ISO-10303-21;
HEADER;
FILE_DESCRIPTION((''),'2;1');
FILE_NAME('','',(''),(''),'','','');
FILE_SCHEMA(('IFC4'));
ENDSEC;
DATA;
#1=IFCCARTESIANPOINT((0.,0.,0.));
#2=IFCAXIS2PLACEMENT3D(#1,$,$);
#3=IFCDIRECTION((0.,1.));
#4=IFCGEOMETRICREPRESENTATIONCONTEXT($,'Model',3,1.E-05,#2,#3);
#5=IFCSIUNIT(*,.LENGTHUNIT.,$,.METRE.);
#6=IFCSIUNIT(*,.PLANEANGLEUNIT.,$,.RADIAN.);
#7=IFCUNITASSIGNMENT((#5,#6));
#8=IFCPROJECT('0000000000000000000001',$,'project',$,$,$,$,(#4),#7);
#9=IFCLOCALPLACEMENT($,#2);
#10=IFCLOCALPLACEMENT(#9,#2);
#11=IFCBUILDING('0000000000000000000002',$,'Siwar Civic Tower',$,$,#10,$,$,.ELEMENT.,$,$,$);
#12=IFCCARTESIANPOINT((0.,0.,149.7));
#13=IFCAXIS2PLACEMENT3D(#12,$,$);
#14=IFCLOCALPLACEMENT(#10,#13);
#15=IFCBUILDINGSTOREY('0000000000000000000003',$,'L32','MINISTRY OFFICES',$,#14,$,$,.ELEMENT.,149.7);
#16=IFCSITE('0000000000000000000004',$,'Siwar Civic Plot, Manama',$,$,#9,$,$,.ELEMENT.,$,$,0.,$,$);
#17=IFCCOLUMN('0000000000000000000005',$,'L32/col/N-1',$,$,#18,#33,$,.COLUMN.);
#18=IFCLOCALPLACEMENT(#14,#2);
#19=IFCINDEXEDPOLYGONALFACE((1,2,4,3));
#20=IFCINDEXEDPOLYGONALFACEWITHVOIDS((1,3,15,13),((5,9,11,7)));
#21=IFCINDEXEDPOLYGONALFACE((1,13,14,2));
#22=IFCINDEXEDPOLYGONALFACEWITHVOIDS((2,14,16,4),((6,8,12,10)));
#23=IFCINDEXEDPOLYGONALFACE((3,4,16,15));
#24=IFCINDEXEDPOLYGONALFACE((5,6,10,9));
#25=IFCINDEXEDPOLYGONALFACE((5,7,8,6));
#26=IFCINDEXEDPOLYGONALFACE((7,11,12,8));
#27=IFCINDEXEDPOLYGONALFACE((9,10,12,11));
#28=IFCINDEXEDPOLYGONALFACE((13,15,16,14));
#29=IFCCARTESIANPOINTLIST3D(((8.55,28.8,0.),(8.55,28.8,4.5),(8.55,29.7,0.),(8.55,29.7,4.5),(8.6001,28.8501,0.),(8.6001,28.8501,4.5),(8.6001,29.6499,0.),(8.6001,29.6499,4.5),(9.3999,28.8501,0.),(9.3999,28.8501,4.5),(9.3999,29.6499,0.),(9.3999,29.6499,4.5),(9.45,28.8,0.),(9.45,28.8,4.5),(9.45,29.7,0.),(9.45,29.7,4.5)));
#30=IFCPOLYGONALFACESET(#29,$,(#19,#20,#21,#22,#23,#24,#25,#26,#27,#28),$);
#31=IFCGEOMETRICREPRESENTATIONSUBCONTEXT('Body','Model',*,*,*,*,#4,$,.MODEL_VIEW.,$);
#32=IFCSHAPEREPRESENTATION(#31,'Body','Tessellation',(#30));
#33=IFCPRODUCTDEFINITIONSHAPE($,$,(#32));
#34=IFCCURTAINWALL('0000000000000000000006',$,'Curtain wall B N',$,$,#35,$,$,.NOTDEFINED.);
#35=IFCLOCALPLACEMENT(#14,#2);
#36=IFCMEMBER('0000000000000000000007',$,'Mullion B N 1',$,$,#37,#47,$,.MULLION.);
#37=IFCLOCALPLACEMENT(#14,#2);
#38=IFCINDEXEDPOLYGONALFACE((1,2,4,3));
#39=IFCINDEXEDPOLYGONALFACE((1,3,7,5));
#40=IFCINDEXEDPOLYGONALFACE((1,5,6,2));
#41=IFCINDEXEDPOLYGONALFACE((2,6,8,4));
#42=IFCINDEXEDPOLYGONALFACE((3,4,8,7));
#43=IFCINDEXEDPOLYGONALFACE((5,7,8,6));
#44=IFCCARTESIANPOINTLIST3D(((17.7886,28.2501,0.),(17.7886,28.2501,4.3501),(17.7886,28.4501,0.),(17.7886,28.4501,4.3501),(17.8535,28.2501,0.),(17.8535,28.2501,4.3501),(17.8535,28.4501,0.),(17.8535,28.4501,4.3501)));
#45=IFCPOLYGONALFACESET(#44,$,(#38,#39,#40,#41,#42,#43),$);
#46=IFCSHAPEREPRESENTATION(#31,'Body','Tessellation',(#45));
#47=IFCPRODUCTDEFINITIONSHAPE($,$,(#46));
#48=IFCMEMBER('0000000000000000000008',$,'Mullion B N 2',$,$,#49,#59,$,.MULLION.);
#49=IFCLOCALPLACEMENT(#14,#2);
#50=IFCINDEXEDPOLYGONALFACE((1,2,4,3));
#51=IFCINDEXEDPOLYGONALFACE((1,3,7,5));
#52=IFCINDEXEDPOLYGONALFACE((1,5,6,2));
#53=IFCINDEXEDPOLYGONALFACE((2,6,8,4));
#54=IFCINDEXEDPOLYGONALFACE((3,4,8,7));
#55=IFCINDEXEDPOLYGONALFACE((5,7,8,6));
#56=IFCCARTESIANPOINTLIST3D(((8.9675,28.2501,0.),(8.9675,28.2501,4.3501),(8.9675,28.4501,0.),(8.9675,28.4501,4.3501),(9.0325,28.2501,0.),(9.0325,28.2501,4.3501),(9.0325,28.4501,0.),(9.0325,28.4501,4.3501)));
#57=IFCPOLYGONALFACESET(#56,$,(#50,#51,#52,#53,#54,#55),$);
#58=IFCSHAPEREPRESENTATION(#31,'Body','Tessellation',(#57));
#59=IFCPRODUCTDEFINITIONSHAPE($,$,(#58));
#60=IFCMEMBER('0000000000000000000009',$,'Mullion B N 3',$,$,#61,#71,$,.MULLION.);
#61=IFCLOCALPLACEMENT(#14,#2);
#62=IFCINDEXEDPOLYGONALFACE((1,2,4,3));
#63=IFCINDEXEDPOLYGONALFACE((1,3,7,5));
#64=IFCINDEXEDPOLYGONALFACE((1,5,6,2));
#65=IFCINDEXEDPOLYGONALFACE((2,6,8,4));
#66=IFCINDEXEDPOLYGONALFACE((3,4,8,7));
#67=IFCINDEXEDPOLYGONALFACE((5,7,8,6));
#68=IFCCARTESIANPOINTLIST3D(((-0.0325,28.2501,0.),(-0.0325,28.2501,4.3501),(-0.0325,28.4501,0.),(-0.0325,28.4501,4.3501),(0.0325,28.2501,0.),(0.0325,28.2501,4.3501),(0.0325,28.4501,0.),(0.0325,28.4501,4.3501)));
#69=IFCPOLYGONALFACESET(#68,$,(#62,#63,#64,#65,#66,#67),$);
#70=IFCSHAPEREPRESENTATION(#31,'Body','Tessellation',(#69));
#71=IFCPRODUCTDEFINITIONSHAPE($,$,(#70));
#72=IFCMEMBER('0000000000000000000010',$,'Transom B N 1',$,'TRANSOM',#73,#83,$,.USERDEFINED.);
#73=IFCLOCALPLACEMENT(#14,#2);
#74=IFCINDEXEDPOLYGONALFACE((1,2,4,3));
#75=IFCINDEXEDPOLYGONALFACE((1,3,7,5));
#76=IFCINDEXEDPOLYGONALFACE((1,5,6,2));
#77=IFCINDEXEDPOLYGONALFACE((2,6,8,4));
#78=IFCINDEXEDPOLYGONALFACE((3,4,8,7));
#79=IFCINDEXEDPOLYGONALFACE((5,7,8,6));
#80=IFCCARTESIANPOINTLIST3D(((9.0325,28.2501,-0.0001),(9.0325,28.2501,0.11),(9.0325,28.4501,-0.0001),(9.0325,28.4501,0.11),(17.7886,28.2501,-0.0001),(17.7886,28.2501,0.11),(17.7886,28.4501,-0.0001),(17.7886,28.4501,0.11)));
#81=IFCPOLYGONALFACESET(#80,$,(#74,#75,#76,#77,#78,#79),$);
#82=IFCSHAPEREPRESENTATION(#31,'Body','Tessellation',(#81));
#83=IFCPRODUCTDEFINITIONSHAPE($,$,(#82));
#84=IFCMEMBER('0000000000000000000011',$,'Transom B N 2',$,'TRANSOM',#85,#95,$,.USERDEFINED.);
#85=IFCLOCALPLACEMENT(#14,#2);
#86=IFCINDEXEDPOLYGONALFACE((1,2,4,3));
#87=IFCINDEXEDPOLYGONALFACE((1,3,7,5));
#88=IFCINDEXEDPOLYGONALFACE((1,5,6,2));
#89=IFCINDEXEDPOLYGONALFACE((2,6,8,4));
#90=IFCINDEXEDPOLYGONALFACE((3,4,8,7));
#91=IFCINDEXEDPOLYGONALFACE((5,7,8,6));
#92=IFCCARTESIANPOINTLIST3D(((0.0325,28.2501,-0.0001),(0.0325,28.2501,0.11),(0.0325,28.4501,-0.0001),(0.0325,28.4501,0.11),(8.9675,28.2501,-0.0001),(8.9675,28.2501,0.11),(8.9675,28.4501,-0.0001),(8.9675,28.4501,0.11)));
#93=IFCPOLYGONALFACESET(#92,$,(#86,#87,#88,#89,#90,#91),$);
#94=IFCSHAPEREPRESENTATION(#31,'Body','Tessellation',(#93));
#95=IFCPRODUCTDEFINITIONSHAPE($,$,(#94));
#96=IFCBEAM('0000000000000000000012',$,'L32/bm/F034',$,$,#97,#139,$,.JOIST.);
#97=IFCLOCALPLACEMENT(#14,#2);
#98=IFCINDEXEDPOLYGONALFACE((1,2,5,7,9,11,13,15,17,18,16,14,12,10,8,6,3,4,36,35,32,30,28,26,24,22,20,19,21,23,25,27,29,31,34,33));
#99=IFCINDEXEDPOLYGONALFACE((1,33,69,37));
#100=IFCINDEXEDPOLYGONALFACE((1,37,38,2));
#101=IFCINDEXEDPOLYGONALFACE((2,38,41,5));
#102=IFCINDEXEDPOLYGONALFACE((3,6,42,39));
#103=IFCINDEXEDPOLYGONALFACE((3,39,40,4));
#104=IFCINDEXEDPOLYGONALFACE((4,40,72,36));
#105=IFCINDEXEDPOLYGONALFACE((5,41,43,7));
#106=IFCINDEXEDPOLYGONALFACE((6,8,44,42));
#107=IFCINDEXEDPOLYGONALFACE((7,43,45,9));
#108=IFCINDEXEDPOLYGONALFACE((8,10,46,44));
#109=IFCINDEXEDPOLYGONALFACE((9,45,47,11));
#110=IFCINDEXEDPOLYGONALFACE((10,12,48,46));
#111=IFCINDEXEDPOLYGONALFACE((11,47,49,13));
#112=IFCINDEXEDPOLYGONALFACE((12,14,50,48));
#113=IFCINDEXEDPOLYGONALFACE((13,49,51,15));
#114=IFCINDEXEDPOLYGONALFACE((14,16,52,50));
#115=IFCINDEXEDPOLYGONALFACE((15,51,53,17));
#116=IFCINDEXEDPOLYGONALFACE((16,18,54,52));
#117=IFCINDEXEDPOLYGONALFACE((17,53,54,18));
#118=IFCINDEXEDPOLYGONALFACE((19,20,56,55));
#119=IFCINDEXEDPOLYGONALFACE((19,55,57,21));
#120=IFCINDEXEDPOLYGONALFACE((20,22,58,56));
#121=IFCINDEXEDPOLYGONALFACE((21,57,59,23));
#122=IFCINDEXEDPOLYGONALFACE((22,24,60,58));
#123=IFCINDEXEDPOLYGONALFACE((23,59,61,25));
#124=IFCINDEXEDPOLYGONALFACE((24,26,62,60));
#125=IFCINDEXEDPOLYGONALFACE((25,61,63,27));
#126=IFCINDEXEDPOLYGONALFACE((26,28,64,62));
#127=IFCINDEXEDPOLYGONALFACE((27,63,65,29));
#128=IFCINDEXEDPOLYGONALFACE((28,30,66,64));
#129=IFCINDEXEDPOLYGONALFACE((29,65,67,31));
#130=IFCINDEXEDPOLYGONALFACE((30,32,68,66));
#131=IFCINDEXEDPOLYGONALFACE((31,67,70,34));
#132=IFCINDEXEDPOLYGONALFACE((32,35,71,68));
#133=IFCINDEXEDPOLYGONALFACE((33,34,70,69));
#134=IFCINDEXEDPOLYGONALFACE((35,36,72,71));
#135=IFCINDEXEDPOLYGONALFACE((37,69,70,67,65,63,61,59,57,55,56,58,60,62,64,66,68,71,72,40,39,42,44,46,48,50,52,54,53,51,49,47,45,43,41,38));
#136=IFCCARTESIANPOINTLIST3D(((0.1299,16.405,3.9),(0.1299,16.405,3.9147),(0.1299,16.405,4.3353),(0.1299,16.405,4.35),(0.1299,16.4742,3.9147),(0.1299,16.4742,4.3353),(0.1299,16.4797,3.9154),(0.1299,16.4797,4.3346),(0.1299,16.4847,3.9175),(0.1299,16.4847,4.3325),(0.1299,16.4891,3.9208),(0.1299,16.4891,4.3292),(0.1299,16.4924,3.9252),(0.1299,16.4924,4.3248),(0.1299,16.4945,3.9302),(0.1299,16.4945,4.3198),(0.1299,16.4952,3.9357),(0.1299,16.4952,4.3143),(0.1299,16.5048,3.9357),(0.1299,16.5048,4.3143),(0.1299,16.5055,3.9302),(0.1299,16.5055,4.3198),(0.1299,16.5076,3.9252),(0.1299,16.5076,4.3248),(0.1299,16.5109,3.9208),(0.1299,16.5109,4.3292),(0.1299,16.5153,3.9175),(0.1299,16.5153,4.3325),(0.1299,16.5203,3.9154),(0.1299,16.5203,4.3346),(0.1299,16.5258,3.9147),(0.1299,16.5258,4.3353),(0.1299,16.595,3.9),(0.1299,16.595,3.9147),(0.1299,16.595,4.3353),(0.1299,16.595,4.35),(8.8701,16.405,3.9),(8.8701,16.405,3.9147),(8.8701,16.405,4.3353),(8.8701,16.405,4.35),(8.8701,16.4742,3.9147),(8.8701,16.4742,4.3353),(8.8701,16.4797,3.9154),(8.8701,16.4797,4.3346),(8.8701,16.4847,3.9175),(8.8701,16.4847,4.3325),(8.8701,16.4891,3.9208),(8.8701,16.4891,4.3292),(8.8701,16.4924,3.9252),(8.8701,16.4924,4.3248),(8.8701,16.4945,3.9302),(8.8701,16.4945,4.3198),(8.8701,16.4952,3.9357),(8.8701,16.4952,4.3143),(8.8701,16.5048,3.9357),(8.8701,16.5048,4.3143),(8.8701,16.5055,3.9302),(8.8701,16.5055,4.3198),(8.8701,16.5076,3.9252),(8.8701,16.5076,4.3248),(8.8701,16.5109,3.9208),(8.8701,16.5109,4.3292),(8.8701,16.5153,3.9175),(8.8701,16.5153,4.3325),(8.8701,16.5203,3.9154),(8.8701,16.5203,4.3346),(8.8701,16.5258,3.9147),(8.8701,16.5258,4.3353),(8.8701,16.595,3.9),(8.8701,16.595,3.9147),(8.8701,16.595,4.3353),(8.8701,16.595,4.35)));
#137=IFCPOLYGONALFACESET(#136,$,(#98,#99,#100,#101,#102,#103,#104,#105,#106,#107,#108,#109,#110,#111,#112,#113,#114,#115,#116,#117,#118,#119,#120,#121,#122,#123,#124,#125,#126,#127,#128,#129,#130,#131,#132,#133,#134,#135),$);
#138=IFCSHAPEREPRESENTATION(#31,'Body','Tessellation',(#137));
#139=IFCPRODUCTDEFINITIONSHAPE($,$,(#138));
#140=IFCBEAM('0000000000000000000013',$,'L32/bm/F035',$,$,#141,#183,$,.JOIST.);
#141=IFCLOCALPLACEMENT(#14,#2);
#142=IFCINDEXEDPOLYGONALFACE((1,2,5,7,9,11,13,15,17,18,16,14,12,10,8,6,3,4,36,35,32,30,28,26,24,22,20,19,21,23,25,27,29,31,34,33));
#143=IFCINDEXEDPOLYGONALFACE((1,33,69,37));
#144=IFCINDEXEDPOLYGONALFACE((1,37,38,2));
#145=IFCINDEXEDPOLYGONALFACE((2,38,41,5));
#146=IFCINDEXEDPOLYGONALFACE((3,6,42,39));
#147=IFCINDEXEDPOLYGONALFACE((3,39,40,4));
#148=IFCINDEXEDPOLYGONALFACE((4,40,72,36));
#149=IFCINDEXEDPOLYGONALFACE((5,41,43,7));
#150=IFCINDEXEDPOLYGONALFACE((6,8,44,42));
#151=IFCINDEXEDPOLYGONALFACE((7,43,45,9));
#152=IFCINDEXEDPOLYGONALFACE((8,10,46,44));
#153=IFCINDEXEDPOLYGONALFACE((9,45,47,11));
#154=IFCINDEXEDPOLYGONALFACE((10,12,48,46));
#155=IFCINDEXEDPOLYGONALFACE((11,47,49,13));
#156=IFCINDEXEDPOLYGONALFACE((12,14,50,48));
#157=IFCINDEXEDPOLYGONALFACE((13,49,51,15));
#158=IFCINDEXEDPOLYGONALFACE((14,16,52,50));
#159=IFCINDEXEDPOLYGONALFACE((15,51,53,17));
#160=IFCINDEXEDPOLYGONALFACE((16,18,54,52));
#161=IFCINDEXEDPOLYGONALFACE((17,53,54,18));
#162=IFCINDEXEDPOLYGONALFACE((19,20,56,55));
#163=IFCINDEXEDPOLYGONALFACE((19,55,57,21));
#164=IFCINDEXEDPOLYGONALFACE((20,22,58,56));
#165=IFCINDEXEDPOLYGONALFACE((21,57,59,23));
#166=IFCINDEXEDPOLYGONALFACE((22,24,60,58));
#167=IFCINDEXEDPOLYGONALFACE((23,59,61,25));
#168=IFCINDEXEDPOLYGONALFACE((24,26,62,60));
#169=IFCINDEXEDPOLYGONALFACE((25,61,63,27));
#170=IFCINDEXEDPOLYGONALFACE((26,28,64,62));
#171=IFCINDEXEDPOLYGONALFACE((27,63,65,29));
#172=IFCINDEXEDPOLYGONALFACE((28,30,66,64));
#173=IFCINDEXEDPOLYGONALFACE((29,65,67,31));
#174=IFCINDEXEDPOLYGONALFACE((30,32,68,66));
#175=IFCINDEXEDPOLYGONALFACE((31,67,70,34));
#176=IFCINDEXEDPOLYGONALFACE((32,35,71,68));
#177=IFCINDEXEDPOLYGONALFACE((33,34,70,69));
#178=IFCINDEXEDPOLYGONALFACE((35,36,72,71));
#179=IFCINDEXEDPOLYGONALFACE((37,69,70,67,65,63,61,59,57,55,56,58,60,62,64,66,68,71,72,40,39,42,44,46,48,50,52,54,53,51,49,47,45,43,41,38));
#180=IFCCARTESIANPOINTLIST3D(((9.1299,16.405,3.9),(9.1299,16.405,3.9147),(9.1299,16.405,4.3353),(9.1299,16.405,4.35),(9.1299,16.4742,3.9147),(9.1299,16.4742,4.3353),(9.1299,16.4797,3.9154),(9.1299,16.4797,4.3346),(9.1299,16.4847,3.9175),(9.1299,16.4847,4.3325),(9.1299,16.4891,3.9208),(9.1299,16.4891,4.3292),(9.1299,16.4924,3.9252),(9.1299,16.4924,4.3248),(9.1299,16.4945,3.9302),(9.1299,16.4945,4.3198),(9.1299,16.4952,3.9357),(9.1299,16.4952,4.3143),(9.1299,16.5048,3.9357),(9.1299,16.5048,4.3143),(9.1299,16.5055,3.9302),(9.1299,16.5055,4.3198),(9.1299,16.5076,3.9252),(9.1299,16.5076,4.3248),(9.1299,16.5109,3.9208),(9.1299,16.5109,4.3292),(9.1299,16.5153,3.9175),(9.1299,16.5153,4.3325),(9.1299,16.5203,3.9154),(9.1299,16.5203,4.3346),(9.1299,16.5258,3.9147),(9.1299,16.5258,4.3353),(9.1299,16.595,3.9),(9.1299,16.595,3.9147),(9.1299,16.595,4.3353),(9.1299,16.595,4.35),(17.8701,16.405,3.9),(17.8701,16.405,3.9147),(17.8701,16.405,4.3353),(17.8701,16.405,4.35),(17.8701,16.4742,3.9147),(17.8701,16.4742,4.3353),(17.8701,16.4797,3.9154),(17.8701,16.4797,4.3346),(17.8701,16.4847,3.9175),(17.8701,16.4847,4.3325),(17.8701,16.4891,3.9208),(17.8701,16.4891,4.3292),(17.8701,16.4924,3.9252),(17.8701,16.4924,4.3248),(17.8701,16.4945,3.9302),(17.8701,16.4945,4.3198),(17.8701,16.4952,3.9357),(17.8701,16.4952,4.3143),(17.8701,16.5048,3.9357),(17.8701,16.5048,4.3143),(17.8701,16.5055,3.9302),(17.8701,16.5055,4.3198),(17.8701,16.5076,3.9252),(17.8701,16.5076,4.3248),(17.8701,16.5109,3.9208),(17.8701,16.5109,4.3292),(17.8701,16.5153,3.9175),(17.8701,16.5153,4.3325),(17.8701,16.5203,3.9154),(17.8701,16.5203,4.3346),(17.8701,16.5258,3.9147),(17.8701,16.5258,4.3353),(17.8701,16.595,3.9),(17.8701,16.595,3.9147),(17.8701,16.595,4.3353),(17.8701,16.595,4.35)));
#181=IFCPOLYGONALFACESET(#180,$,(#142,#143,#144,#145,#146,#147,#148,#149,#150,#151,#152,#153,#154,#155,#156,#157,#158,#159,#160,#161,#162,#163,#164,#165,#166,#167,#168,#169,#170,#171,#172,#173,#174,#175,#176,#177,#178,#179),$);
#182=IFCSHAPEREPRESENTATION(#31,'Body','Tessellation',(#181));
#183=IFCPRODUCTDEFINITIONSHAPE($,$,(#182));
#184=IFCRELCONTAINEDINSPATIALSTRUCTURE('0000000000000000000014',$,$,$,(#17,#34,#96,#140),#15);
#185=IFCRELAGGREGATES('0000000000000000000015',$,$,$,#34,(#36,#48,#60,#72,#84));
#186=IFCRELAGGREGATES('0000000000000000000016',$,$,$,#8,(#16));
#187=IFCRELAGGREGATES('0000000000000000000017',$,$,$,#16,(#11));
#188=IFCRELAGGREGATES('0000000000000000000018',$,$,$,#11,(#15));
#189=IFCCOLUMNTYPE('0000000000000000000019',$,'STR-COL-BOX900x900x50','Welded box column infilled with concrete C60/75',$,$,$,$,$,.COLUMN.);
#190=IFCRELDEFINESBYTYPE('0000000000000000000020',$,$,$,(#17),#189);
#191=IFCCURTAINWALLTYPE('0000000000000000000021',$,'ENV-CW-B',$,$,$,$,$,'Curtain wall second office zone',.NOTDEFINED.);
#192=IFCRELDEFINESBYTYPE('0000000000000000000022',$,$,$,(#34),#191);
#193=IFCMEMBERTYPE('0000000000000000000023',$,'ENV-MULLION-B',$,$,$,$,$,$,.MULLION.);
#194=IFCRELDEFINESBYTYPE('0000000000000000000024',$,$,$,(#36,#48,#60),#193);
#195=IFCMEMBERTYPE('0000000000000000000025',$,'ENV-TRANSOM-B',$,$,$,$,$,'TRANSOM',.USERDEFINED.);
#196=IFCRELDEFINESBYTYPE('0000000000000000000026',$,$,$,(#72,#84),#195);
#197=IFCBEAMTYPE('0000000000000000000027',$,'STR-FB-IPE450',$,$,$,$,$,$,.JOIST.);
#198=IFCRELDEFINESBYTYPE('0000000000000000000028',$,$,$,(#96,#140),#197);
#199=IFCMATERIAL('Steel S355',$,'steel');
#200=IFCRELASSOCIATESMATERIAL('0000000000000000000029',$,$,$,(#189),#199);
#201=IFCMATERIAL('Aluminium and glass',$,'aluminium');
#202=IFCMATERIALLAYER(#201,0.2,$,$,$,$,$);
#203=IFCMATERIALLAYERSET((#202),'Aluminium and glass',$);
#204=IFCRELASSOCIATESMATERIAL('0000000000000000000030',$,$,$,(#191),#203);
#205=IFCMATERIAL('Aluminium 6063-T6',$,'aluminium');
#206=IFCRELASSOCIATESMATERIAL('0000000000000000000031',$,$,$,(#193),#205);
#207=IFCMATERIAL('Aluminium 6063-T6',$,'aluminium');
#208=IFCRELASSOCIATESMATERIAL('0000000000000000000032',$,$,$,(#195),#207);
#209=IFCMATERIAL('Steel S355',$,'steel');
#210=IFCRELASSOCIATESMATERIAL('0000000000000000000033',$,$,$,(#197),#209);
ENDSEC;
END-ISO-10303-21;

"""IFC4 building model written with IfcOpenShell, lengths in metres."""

from ifc_helpers import new_model, si_unit, direction, frame, origin, origin_2d, place, context, subcontext, project, spatial, rectangle, hollow_rectangle, i_section, extrude, material, layer, layer_set, material_profile, profile_set, type_object, element, aggregate, save


model = new_model("IFC4")

# Units and contexts
model_context = context("Model", 3, precision=1e-05, world=origin(), true_north=direction((0.0, 1.0)))
body_context = subcontext(model_context, "Body", "Model", "MODEL_VIEW")
ifc_project = project(units=[si_unit("LENGTHUNIT", "METRE"), si_unit("PLANEANGLEUNIT", "RADIAN")], contexts=[model_context])

# Site, building, storey
site_placement = place(None, origin())
site = spatial("IfcSite", under=ifc_project, at=site_placement, Name="Siwar Civic Plot, Manama", CompositionType="ELEMENT", RefElevation=0.0)
building_placement = place(site_placement, origin())
building = spatial("IfcBuilding", under=site, at=building_placement, Name="Siwar Civic Tower", CompositionType="ELEMENT")
storey_placement = place(building_placement, frame((0.0, 0.0, 149.7)))
storey = spatial("IfcBuildingStorey", under=building, at=storey_placement, Name="L32", Description="MINISTRY OFFICES", CompositionType="ELEMENT", Elevation=149.7)

# Column
ifc_material_1 = material(Name="Steel S355", Category="steel")
ifc_material_profile_1 = material_profile(ifc_material_1, hollow_rectangle(XDim=0.8999, YDim=0.8999, WallThickness=0.05, at=origin_2d()), Name="BOX900x900x50")
ifc_profile_set_1 = profile_set([ifc_material_profile_1], Name="Steel S355")
column_type = type_object("IfcColumnType", Name="STR-COL-BOX900x900x50", Description="Welded box column infilled with concrete C60/75", PredefinedType="COLUMN", material=ifc_profile_set_1)
column_placement = place(storey_placement, frame((9.0, 29.25, 0.0), z_axis=(0.0, 0.0, 1.0), x_axis=(1.0, 0.0, 0.0)))
element("IfcColumn", 1, at=column_placement, inside=storey, type_object=column_type, Name="L32/col/N-1", PredefinedType="COLUMN", context=body_context, shape_type="SweptSolid", body=[
    extrude(hollow_rectangle(XDim=0.8999, YDim=0.8999, WallThickness=0.05, at=origin_2d()), origin(), (0.0, 0.0, 1.0), 4.5),
])

# Curtain wall, members
ifc_material_2 = material(Name="Aluminium and glass", Category="aluminium")
ifc_layer_1 = layer(ifc_material_2, 0.2)
ifc_layer_set_1 = layer_set([ifc_layer_1], Name="Aluminium and glass")
curtain_wall_type = type_object("IfcCurtainWallType", Name="ENV-CW-B", ElementType="Curtain wall second office zone", PredefinedType="NOTDEFINED", material=ifc_layer_set_1)
curtain_wall_placement = place(storey_placement, origin())
curtain_wall = element("IfcCurtainWall", 2, at=curtain_wall_placement, inside=storey, type_object=curtain_wall_type, Name="Curtain wall B N", PredefinedType="NOTDEFINED")
ifc_material_3 = material(Name="Aluminium 6063-T6", Category="aluminium")
ifc_material_profile_2 = material_profile(ifc_material_3, rectangle(XDim=0.2, YDim=0.0649, at=origin_2d()), Name="AL 200x65")
ifc_profile_set_2 = profile_set([ifc_material_profile_2], Name="Aluminium 6063-T6")
member_type_1 = type_object("IfcMemberType", Name="ENV-MULLION-B", PredefinedType="MULLION", material=ifc_profile_set_2)
member_1_placement = place(storey_placement, frame((17.821, 28.3501, 0.0), z_axis=(0.0, 0.0, 1.0), x_axis=(0.0, -1.0, 0.0)))
member_1 = element("IfcMember", 3, at=member_1_placement, type_object=member_type_1, Name="Mullion B N 1", PredefinedType="MULLION", context=body_context, shape_type="SweptSolid", body=[
    extrude(rectangle(XDim=0.2, YDim=0.0649, at=origin_2d()), origin(), (0.0, 0.0, 1.0), 4.3501),
])
member_2_placement = place(storey_placement, frame((9.0, 28.3501, 0.0), z_axis=(0.0, 0.0, 1.0), x_axis=(0.0, -1.0, 0.0)))
member_2 = element("IfcMember", 4, at=member_2_placement, type_object=member_type_1, Name="Mullion B N 2", PredefinedType="MULLION", context=body_context, shape_type="SweptSolid", body=[
    extrude(rectangle(XDim=0.2, YDim=0.0649, at=origin_2d()), origin(), (0.0, 0.0, 1.0), 4.3501),
])
member_3_placement = place(storey_placement, frame((0.0, 28.3501, 0.0), z_axis=(0.0, 0.0, 1.0), x_axis=(0.0, -1.0, 0.0)))
member_3 = element("IfcMember", 5, at=member_3_placement, type_object=member_type_1, Name="Mullion B N 3", PredefinedType="MULLION", context=body_context, shape_type="SweptSolid", body=[
    extrude(rectangle(XDim=0.2, YDim=0.0649, at=origin_2d()), origin(), (0.0, 0.0, 1.0), 4.3501),
])
ifc_material_4 = material(Name="Aluminium 6063-T6", Category="aluminium")
ifc_material_profile_3 = material_profile(ifc_material_4, rectangle(XDim=0.2, YDim=0.1101, at=origin_2d()), Name="AL 200x110")
ifc_profile_set_3 = profile_set([ifc_material_profile_3], Name="Aluminium 6063-T6")
member_type_2 = type_object("IfcMemberType", Name="ENV-TRANSOM-B", ElementType="TRANSOM", PredefinedType="USERDEFINED", material=ifc_profile_set_3)
member_4_placement = place(storey_placement, frame((17.7886, 28.3501, 0.0549), z_axis=(-1.0, 0.0, 0.0), x_axis=(0.0, -1.0, 0.0)))
member_4 = element("IfcMember", 6, at=member_4_placement, type_object=member_type_2, Name="Transom B N 1", ObjectType="TRANSOM", PredefinedType="USERDEFINED", context=body_context, shape_type="SweptSolid", body=[
    extrude(rectangle(XDim=0.2, YDim=0.1101, at=origin_2d()), origin(), (0.0, 0.0, 1.0), 8.7561),
])
member_5_placement = place(storey_placement, frame((8.9675, 28.3501, 0.0549), z_axis=(-1.0, 0.0, 0.0), x_axis=(0.0, -1.0, 0.0)))
member_5 = element("IfcMember", 7, at=member_5_placement, type_object=member_type_2, Name="Transom B N 2", ObjectType="TRANSOM", PredefinedType="USERDEFINED", context=body_context, shape_type="SweptSolid", body=[
    extrude(rectangle(XDim=0.2, YDim=0.1101, at=origin_2d()), origin(), (0.0, 0.0, 1.0), 8.9351),
])

# Beams
ifc_material_5 = material(Name="Steel S355", Category="steel")
ifc_material_profile_4 = material_profile(ifc_material_5, i_section(OverallWidth=0.1899, OverallDepth=0.45, WebThickness=0.0095, FlangeThickness=0.0146, FilletRadius=0.021, at=origin_2d()), Name="IPE450")
ifc_profile_set_4 = profile_set([ifc_material_profile_4], Name="Steel S355")
beam_type_1 = type_object("IfcBeamType", Name="STR-FB-IPE450", PredefinedType="JOIST", material=ifc_profile_set_4)
for number, where, z_axis, x_axis, name in (
    (8, (0.1299, 16.5, 4.125), (1.0, 0.0, 0.0), (0.0, 1.0, 0.0), "L32/bm/F034"),
    (9, (9.1299, 16.5, 4.125), (1.0, 0.0, 0.0), (0.0, 1.0, 0.0), "L32/bm/F035"),
):
    element("IfcBeam", number, at=place(storey_placement, frame(where, z_axis=z_axis, x_axis=x_axis)), inside=storey, type_object=beam_type_1, Name=name, PredefinedType="JOIST", context=body_context, shape_type="SweptSolid", body=[
        extrude(i_section(OverallWidth=0.1899, OverallDepth=0.45, WebThickness=0.0095, FlangeThickness=0.0146, FilletRadius=0.021, at=origin_2d()), origin(), (0.0, 0.0, 1.0), 8.7402),
    ])

aggregate(curtain_wall, [member_1, member_2, member_3, member_4, member_5])

save(model, "model.ifc")
